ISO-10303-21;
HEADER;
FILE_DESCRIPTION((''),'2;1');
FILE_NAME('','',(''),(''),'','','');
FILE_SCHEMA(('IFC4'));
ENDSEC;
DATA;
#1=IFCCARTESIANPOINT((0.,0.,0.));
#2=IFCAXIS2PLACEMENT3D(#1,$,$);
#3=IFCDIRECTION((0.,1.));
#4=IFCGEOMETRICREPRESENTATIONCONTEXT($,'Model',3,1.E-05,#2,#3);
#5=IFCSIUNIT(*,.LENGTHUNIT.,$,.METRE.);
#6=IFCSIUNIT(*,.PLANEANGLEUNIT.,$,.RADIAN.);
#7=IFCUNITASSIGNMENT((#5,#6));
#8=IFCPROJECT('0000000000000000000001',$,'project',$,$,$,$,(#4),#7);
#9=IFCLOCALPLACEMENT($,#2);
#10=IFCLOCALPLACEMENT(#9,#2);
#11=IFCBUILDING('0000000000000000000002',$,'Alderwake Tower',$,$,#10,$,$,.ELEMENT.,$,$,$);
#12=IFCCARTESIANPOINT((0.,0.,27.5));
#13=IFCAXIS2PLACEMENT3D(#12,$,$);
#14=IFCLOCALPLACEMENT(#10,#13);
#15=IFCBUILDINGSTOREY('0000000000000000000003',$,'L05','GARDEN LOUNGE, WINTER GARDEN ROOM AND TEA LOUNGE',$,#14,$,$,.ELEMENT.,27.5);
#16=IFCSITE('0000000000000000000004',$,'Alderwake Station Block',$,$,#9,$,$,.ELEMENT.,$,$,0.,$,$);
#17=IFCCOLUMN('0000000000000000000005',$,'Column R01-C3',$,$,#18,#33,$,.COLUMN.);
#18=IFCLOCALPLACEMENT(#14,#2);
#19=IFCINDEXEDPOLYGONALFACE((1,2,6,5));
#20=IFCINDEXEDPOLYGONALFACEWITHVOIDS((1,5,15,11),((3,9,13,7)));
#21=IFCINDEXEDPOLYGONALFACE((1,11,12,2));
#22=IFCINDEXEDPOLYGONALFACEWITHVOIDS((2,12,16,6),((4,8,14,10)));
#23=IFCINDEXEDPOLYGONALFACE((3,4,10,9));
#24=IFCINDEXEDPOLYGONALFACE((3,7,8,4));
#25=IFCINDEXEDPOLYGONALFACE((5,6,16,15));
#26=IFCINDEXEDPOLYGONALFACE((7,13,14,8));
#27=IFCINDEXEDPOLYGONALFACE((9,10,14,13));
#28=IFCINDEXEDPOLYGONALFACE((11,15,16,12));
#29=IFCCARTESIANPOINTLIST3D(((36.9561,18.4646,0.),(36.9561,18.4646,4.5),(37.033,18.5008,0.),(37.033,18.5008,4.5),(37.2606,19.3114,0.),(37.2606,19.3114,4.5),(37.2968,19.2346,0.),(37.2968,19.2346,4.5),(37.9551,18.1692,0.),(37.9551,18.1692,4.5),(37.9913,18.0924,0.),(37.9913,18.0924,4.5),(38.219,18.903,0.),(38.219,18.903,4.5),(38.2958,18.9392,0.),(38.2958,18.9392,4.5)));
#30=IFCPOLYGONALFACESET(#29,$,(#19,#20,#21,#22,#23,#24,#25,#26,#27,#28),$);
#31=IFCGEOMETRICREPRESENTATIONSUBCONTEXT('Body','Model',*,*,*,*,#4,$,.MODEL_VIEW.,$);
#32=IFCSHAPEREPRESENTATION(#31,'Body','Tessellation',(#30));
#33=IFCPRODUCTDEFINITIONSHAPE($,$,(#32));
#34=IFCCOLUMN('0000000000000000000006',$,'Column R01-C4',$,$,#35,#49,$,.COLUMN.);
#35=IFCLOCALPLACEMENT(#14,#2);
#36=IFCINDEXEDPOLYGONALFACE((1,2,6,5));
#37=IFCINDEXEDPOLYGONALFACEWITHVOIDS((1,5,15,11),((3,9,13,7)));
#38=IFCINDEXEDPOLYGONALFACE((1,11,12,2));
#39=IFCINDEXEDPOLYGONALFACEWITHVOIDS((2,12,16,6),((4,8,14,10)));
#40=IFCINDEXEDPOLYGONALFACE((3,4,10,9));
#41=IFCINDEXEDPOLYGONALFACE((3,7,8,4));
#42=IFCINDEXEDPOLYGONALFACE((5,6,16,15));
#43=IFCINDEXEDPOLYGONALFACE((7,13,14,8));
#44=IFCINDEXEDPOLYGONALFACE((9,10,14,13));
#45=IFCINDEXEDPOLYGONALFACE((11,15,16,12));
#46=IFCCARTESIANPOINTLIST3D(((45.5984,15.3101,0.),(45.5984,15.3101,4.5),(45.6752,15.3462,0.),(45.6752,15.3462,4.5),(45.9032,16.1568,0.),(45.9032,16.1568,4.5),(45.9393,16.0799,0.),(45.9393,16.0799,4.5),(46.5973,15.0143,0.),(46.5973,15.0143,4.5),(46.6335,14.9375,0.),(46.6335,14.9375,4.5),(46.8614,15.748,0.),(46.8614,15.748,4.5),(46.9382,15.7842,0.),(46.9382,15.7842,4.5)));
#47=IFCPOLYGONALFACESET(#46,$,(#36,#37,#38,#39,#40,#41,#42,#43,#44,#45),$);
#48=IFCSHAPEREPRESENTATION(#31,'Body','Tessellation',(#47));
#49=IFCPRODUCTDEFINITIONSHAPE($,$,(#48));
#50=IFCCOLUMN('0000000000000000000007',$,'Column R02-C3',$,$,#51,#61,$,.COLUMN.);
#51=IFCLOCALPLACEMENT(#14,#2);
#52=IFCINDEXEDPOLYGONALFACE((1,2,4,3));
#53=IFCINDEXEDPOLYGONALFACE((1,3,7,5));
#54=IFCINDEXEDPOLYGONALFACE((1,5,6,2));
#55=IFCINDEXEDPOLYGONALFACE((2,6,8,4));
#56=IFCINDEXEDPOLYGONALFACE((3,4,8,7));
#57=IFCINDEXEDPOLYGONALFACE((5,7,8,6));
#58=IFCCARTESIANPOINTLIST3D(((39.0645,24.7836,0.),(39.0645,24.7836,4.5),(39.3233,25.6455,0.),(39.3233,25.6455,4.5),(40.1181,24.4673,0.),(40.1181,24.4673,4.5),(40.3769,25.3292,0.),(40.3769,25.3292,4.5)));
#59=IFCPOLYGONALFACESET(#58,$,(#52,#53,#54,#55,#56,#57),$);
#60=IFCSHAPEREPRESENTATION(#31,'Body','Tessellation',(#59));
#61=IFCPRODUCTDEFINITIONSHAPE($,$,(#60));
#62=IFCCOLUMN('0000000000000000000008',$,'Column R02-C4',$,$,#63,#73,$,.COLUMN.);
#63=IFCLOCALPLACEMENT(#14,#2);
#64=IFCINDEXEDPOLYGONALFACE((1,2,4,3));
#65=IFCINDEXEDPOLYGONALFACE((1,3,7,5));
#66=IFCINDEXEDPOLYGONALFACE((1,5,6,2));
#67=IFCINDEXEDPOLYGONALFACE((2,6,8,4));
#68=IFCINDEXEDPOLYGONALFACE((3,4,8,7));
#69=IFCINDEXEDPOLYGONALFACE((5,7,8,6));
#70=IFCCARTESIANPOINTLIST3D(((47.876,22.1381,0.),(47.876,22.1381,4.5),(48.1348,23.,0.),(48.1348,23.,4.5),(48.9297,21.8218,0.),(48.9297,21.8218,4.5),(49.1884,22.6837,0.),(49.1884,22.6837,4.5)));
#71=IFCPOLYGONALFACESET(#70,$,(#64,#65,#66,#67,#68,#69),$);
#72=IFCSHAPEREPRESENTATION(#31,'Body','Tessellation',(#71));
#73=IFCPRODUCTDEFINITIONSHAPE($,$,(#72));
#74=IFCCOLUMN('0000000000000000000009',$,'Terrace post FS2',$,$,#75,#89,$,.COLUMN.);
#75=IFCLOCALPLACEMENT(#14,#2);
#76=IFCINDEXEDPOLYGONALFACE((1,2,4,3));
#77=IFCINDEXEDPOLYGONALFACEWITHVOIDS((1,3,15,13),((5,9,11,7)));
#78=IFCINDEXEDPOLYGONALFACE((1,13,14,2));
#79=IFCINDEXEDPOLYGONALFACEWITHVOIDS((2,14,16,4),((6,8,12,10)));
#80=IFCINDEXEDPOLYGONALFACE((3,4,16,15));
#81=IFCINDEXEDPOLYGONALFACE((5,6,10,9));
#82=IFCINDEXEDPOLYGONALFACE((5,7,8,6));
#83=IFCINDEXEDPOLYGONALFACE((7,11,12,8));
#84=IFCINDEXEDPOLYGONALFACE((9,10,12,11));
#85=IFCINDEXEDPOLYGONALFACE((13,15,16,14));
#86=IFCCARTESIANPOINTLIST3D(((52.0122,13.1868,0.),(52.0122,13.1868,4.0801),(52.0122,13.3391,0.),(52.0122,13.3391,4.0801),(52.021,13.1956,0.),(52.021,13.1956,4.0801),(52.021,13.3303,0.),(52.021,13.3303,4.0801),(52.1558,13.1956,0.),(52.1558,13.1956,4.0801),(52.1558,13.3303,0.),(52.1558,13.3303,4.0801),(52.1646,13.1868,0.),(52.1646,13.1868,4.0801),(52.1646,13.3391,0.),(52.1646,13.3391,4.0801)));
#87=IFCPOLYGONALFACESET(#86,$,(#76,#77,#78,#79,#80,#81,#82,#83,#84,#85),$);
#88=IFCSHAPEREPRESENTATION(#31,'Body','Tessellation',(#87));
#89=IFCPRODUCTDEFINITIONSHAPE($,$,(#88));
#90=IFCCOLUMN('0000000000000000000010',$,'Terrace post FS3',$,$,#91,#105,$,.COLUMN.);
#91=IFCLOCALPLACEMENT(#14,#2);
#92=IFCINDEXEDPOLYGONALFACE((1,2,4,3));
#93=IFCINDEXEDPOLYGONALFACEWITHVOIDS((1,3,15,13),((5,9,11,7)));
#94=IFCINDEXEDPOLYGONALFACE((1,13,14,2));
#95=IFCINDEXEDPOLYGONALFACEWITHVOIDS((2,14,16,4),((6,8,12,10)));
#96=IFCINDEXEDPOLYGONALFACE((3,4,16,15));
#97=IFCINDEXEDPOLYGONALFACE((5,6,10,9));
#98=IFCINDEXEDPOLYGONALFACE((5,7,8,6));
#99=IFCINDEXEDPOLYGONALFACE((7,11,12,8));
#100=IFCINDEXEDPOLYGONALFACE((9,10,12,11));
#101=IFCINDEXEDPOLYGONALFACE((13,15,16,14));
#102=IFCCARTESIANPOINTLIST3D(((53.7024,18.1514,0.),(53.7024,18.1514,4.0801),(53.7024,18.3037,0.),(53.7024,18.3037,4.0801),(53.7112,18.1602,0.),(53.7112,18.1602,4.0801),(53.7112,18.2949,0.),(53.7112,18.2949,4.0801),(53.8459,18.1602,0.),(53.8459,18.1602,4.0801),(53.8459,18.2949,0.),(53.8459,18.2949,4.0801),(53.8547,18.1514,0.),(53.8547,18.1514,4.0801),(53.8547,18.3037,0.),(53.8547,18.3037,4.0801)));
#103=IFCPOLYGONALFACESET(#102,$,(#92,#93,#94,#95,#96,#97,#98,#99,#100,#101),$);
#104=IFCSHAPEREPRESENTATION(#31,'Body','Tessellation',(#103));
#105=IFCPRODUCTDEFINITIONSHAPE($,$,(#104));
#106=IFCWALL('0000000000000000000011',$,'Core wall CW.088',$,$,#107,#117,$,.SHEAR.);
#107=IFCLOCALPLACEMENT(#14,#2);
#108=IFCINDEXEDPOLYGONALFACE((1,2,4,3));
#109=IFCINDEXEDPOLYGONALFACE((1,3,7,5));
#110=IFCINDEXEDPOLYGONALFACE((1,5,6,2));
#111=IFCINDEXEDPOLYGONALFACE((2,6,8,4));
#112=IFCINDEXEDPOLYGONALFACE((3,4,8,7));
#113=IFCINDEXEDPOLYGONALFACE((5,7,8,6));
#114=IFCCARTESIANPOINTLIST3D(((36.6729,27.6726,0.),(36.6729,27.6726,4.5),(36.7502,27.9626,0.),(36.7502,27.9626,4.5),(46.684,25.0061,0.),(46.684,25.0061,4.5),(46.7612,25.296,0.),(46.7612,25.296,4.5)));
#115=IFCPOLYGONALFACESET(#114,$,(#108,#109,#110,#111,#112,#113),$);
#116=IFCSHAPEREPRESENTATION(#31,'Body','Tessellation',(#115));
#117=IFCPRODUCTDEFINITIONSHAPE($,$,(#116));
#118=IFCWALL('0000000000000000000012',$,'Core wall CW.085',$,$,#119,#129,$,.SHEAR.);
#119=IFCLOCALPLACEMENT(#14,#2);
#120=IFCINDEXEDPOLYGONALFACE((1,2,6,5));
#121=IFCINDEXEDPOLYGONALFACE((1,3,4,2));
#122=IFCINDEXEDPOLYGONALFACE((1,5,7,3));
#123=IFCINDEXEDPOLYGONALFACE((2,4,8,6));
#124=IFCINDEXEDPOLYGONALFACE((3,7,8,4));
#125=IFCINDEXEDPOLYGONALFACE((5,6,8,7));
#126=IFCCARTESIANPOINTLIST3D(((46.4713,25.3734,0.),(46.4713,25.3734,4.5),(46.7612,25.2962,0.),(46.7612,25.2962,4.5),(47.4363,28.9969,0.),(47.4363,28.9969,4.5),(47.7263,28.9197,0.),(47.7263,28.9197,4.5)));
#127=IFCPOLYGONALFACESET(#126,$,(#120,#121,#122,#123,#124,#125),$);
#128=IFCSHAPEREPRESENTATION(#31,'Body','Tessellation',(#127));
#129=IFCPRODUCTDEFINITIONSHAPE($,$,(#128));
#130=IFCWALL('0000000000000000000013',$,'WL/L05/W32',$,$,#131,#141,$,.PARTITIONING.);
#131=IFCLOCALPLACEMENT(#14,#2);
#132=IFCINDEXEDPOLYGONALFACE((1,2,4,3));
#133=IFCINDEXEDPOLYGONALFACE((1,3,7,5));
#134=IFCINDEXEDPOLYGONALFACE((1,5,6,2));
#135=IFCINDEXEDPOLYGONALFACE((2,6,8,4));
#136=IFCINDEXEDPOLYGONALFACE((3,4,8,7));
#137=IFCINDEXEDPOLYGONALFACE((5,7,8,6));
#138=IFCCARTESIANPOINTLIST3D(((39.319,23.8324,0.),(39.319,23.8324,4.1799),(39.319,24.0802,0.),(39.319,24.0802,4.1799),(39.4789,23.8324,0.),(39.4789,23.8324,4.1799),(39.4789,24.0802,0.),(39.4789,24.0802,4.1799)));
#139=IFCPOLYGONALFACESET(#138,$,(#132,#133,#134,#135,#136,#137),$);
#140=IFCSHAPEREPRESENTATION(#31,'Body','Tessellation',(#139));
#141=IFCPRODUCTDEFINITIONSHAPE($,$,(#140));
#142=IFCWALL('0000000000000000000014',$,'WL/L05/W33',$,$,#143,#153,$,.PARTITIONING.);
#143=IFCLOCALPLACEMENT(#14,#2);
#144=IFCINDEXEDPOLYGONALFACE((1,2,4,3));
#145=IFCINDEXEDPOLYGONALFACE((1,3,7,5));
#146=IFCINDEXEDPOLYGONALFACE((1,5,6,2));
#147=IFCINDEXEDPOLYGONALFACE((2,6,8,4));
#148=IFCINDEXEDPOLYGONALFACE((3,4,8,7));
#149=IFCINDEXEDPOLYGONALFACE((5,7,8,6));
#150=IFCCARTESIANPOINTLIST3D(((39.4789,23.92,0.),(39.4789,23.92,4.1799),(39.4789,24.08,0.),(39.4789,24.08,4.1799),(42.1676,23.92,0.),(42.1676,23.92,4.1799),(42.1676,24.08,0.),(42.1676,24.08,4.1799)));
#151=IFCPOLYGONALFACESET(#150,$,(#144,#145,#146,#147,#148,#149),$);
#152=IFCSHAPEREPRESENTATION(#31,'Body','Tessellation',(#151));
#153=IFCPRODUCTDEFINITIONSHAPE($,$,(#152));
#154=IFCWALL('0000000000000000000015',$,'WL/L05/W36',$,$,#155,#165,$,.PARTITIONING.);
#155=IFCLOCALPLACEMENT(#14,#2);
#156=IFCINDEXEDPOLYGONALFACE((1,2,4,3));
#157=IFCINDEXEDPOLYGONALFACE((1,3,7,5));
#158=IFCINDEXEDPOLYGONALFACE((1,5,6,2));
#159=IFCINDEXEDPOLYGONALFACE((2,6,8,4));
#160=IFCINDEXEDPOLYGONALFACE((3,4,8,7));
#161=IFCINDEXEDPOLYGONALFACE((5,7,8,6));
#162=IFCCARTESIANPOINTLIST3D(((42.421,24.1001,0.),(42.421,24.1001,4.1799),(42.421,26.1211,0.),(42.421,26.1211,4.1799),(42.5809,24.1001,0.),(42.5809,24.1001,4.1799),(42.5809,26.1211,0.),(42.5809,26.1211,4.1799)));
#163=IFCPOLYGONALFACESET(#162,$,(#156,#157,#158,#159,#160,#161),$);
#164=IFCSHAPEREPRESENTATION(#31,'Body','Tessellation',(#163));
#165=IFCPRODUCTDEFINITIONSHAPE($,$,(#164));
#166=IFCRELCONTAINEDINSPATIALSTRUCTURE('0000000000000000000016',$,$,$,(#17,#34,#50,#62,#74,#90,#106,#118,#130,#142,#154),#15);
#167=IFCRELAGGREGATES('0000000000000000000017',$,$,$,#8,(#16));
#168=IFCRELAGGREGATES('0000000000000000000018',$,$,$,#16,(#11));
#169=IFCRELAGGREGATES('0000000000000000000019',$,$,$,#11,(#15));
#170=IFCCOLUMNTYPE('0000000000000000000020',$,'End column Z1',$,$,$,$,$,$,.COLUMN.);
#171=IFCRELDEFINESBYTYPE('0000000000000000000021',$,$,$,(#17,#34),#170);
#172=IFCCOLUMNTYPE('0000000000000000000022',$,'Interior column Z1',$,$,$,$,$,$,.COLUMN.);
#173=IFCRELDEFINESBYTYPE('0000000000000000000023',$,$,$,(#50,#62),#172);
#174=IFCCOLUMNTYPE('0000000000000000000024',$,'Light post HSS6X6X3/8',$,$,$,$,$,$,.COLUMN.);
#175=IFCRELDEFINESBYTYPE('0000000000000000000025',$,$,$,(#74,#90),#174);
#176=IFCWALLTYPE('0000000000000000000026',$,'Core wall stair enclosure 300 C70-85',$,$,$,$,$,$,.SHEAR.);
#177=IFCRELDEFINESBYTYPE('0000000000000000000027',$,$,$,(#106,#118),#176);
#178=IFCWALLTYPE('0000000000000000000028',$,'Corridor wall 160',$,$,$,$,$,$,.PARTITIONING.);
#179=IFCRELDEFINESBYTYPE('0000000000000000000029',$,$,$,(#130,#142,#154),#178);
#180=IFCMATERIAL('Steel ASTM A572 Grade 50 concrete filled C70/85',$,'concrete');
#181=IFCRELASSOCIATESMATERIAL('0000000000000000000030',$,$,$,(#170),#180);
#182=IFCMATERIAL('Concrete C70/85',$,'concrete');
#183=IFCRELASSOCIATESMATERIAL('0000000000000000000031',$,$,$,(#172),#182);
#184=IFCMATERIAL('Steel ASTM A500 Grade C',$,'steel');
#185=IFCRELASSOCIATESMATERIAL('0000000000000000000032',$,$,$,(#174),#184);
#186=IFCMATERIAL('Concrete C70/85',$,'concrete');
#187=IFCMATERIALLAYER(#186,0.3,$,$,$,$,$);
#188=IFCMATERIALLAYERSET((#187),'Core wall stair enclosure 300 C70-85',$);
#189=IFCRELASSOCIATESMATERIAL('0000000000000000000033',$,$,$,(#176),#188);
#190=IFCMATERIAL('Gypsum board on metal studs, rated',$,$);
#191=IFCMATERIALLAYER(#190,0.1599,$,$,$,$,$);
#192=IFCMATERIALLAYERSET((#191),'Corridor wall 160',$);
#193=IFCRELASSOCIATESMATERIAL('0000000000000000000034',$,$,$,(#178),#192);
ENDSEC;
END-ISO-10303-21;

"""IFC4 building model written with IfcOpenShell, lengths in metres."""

from ifc_helpers import new_model, si_unit, direction, frame, frame_2d, origin, origin_2d, place, context, subcontext, project, spatial, rectangle, hollow_rectangle, extrude, material, layer, layer_set, material_profile, profile_set, type_object, element, save


model = new_model("IFC4")

# Units and contexts
model_context = context("Model", 3, precision=1e-05, world=origin(), true_north=direction((0.0, 1.0)))
body_context = subcontext(model_context, "Body", "Model", "MODEL_VIEW")
ifc_project = project(units=[si_unit("LENGTHUNIT", "METRE"), si_unit("PLANEANGLEUNIT", "RADIAN")], contexts=[model_context])

# Site, building, storey
site_placement = place(None, origin())
site = spatial("IfcSite", under=ifc_project, at=site_placement, Name="Alderwake Station Block", CompositionType="ELEMENT", RefElevation=0.0)
building_placement = place(site_placement, origin())
building = spatial("IfcBuilding", under=site, at=building_placement, Name="Alderwake Tower", CompositionType="ELEMENT")
storey_placement = place(building_placement, frame((0.0, 0.0, 27.5)))
storey = spatial("IfcBuildingStorey", under=building, at=storey_placement, Name="L05", Description="GARDEN LOUNGE, WINTER GARDEN ROOM AND TEA LOUNGE", CompositionType="ELEMENT", Elevation=27.5)

# Columns
ifc_material_1 = material(Name="Steel ASTM A572 Grade 50 concrete filled C70/85", Category="concrete")
ifc_material_profile_1 = material_profile(ifc_material_1, hollow_rectangle(XDim=0.8999, YDim=1.1001, WallThickness=0.0601, at=origin_2d()), Name="BOX 1100X900X60")
ifc_profile_set_1 = profile_set([ifc_material_profile_1], Name="Steel ASTM A572 Grade 50 concrete filled C70/85")
column_type_1 = type_object("IfcColumnType", Name="End column Z1", PredefinedType="COLUMN", material=ifc_profile_set_1)
for number, where, z_axis, x_axis, name in (
    (1, (37.626, 18.7019, 0.0), (0.0, 0.0, 1.0), (0.338385, 0.941008, 0.0), "Column R01-C3"),
    (2, (46.2683, 15.5471, 0.0), (0.0, 0.0, 1.0), (0.338695, 0.940896, 0.0), "Column R01-C4"),
):
    element("IfcColumn", number, at=place(storey_placement, frame(where, z_axis=z_axis, x_axis=x_axis)), inside=storey, type_object=column_type_1, Name=name, PredefinedType="COLUMN", context=body_context, shape_type="SweptSolid", body=[
        extrude(hollow_rectangle(XDim=0.8999, YDim=1.1001, WallThickness=0.0601, at=origin_2d()), origin(), (0.0, 0.0, 1.0), 4.5),
    ])
ifc_material_2 = material(Name="Concrete C70/85", Category="concrete")
ifc_material_profile_2 = material_profile(ifc_material_2, rectangle(XDim=0.8999, YDim=1.1001, at=origin_2d()), Name="RC 1100X900")
ifc_profile_set_2 = profile_set([ifc_material_profile_2], Name="Concrete C70/85")
column_type_2 = type_object("IfcColumnType", Name="Interior column Z1", PredefinedType="COLUMN", material=ifc_profile_set_2)
for number, where, z_axis, x_axis, name in (
    (3, (39.7207, 25.0564, 0.0), (0.0, 0.0, 1.0), (0.287549, 0.957766, 0.0), "Column R02-C3"),
    (4, (48.5322, 22.4109, 0.0), (0.0, 0.0, 1.0), (0.287549, 0.957766, 0.0), "Column R02-C4"),
):
    element("IfcColumn", number, at=place(storey_placement, frame(where, z_axis=z_axis, x_axis=x_axis)), inside=storey, type_object=column_type_2, Name=name, PredefinedType="COLUMN", context=body_context, shape_type="SweptSolid", body=[
        extrude(rectangle(XDim=0.8999, YDim=1.1001, at=origin_2d()), origin(), (0.0, 0.0, 1.0), 4.5),
    ])
ifc_material_3 = material(Name="Steel ASTM A500 Grade C", Category="steel")
ifc_material_profile_3 = material_profile(ifc_material_3, hollow_rectangle(XDim=0.1523, YDim=0.1523, WallThickness=0.0088, at=origin_2d()), Name="HSS6X6X3/8")
ifc_profile_set_3 = profile_set([ifc_material_profile_3], Name="Steel ASTM A500 Grade C")
column_type_3 = type_object("IfcColumnType", Name="Light post HSS6X6X3/8", PredefinedType="COLUMN", material=ifc_profile_set_3)
for number, where, z_axis, x_axis, name in (
    (5, (52.0884, 13.2629, 0.0), (0.0, 0.0, 1.0), (1.0, 0.0, 0.0), "Terrace post FS2"),
    (6, (53.7786, 18.2275, 0.0), (0.0, 0.0, 1.0), (1.0, 0.0, 0.0), "Terrace post FS3"),
):
    element("IfcColumn", number, at=place(storey_placement, frame(where, z_axis=z_axis, x_axis=x_axis)), inside=storey, type_object=column_type_3, Name=name, PredefinedType="COLUMN", context=body_context, shape_type="SweptSolid", body=[
        extrude(hollow_rectangle(XDim=0.1523, YDim=0.1523, WallThickness=0.0088, at=origin_2d()), origin(), (0.0, 0.0, 1.0), 4.0801),
    ])

# Walls
ifc_material_4 = material(Name="Concrete C70/85", Category="concrete")
ifc_layer_1 = layer(ifc_material_4, 0.3)
ifc_layer_set_1 = layer_set([ifc_layer_1], Name="Core wall stair enclosure 300 C70-85")
wall_type_1 = type_object("IfcWallType", Name="Core wall stair enclosure 300 C70-85", PredefinedType="SHEAR", material=ifc_layer_set_1)
wall_1_placement = place(storey_placement, frame((36.7114, 27.8176, 0.0), z_axis=(0.0, 0.0, 1.0), x_axis=(0.966309, -0.257384, 0.0)))
element("IfcWall", 7, at=wall_1_placement, inside=storey, type_object=wall_type_1, Name="Core wall CW.088", PredefinedType="SHEAR", context=body_context, shape_type="SweptSolid", body=[
    extrude(rectangle(XDim=10.3601, YDim=0.3, at=frame_2d((5.1802, 0.0))), origin(), (0.0, 0.0, 1.0), 4.5),
])
wall_2_placement = place(storey_placement, frame((46.6162, 25.3347, 0.0), z_axis=(0.0, 0.0, 1.0), x_axis=(0.257367, 0.966314, 0.0)))
element("IfcWall", 8, at=wall_2_placement, inside=storey, type_object=wall_type_1, Name="Core wall CW.085", PredefinedType="SHEAR", context=body_context, shape_type="SweptSolid", body=[
    extrude(rectangle(XDim=3.7498, YDim=0.3, at=frame_2d((1.875, 0.0))), origin(), (0.0, 0.0, 1.0), 4.5),
])
ifc_material_5 = material(Name="Gypsum board on metal studs, rated")
ifc_layer_2 = layer(ifc_material_5, 0.1599)
ifc_layer_set_2 = layer_set([ifc_layer_2], Name="Corridor wall 160")
wall_type_2 = type_object("IfcWallType", Name="Corridor wall 160", PredefinedType="PARTITIONING", material=ifc_layer_set_2)
wall_3_placement = place(storey_placement, frame((39.3989, 23.8323, 0.0), z_axis=(0.0, 0.0, 1.0), x_axis=(0.0, 1.0, 0.0)))
element("IfcWall", 9, at=wall_3_placement, inside=storey, type_object=wall_type_2, Name="WL/L05/W32", PredefinedType="PARTITIONING", context=body_context, shape_type="SweptSolid", body=[
    extrude(rectangle(XDim=0.2478, YDim=0.1599, at=frame_2d((0.124, 0.0))), origin(), (0.0, 0.0, 1.0), 4.1799),
])
wall_4_placement = place(storey_placement, frame((39.479, 24.0, 0.0), z_axis=(0.0, 0.0, 1.0), x_axis=(1.0, 0.0, 0.0)))
element("IfcWall", 10, at=wall_4_placement, inside=storey, type_object=wall_type_2, Name="WL/L05/W33", PredefinedType="PARTITIONING", context=body_context, shape_type="SweptSolid", body=[
    extrude(rectangle(XDim=2.6887, YDim=0.1599, at=frame_2d((1.3442, 0.0))), origin(), (0.0, 0.0, 1.0), 4.1799),
])
wall_5_placement = place(storey_placement, frame((42.501, 24.1001, 0.0), z_axis=(0.0, 0.0, 1.0), x_axis=(0.0, 1.0, 0.0)))
element("IfcWall", 11, at=wall_5_placement, inside=storey, type_object=wall_type_2, Name="WL/L05/W36", PredefinedType="PARTITIONING", context=body_context, shape_type="SweptSolid", body=[
    extrude(rectangle(XDim=2.021, YDim=0.1599, at=frame_2d((1.0105, 0.0))), origin(), (0.0, 0.0, 1.0), 4.1799),
])

save(model, "model.ifc")
